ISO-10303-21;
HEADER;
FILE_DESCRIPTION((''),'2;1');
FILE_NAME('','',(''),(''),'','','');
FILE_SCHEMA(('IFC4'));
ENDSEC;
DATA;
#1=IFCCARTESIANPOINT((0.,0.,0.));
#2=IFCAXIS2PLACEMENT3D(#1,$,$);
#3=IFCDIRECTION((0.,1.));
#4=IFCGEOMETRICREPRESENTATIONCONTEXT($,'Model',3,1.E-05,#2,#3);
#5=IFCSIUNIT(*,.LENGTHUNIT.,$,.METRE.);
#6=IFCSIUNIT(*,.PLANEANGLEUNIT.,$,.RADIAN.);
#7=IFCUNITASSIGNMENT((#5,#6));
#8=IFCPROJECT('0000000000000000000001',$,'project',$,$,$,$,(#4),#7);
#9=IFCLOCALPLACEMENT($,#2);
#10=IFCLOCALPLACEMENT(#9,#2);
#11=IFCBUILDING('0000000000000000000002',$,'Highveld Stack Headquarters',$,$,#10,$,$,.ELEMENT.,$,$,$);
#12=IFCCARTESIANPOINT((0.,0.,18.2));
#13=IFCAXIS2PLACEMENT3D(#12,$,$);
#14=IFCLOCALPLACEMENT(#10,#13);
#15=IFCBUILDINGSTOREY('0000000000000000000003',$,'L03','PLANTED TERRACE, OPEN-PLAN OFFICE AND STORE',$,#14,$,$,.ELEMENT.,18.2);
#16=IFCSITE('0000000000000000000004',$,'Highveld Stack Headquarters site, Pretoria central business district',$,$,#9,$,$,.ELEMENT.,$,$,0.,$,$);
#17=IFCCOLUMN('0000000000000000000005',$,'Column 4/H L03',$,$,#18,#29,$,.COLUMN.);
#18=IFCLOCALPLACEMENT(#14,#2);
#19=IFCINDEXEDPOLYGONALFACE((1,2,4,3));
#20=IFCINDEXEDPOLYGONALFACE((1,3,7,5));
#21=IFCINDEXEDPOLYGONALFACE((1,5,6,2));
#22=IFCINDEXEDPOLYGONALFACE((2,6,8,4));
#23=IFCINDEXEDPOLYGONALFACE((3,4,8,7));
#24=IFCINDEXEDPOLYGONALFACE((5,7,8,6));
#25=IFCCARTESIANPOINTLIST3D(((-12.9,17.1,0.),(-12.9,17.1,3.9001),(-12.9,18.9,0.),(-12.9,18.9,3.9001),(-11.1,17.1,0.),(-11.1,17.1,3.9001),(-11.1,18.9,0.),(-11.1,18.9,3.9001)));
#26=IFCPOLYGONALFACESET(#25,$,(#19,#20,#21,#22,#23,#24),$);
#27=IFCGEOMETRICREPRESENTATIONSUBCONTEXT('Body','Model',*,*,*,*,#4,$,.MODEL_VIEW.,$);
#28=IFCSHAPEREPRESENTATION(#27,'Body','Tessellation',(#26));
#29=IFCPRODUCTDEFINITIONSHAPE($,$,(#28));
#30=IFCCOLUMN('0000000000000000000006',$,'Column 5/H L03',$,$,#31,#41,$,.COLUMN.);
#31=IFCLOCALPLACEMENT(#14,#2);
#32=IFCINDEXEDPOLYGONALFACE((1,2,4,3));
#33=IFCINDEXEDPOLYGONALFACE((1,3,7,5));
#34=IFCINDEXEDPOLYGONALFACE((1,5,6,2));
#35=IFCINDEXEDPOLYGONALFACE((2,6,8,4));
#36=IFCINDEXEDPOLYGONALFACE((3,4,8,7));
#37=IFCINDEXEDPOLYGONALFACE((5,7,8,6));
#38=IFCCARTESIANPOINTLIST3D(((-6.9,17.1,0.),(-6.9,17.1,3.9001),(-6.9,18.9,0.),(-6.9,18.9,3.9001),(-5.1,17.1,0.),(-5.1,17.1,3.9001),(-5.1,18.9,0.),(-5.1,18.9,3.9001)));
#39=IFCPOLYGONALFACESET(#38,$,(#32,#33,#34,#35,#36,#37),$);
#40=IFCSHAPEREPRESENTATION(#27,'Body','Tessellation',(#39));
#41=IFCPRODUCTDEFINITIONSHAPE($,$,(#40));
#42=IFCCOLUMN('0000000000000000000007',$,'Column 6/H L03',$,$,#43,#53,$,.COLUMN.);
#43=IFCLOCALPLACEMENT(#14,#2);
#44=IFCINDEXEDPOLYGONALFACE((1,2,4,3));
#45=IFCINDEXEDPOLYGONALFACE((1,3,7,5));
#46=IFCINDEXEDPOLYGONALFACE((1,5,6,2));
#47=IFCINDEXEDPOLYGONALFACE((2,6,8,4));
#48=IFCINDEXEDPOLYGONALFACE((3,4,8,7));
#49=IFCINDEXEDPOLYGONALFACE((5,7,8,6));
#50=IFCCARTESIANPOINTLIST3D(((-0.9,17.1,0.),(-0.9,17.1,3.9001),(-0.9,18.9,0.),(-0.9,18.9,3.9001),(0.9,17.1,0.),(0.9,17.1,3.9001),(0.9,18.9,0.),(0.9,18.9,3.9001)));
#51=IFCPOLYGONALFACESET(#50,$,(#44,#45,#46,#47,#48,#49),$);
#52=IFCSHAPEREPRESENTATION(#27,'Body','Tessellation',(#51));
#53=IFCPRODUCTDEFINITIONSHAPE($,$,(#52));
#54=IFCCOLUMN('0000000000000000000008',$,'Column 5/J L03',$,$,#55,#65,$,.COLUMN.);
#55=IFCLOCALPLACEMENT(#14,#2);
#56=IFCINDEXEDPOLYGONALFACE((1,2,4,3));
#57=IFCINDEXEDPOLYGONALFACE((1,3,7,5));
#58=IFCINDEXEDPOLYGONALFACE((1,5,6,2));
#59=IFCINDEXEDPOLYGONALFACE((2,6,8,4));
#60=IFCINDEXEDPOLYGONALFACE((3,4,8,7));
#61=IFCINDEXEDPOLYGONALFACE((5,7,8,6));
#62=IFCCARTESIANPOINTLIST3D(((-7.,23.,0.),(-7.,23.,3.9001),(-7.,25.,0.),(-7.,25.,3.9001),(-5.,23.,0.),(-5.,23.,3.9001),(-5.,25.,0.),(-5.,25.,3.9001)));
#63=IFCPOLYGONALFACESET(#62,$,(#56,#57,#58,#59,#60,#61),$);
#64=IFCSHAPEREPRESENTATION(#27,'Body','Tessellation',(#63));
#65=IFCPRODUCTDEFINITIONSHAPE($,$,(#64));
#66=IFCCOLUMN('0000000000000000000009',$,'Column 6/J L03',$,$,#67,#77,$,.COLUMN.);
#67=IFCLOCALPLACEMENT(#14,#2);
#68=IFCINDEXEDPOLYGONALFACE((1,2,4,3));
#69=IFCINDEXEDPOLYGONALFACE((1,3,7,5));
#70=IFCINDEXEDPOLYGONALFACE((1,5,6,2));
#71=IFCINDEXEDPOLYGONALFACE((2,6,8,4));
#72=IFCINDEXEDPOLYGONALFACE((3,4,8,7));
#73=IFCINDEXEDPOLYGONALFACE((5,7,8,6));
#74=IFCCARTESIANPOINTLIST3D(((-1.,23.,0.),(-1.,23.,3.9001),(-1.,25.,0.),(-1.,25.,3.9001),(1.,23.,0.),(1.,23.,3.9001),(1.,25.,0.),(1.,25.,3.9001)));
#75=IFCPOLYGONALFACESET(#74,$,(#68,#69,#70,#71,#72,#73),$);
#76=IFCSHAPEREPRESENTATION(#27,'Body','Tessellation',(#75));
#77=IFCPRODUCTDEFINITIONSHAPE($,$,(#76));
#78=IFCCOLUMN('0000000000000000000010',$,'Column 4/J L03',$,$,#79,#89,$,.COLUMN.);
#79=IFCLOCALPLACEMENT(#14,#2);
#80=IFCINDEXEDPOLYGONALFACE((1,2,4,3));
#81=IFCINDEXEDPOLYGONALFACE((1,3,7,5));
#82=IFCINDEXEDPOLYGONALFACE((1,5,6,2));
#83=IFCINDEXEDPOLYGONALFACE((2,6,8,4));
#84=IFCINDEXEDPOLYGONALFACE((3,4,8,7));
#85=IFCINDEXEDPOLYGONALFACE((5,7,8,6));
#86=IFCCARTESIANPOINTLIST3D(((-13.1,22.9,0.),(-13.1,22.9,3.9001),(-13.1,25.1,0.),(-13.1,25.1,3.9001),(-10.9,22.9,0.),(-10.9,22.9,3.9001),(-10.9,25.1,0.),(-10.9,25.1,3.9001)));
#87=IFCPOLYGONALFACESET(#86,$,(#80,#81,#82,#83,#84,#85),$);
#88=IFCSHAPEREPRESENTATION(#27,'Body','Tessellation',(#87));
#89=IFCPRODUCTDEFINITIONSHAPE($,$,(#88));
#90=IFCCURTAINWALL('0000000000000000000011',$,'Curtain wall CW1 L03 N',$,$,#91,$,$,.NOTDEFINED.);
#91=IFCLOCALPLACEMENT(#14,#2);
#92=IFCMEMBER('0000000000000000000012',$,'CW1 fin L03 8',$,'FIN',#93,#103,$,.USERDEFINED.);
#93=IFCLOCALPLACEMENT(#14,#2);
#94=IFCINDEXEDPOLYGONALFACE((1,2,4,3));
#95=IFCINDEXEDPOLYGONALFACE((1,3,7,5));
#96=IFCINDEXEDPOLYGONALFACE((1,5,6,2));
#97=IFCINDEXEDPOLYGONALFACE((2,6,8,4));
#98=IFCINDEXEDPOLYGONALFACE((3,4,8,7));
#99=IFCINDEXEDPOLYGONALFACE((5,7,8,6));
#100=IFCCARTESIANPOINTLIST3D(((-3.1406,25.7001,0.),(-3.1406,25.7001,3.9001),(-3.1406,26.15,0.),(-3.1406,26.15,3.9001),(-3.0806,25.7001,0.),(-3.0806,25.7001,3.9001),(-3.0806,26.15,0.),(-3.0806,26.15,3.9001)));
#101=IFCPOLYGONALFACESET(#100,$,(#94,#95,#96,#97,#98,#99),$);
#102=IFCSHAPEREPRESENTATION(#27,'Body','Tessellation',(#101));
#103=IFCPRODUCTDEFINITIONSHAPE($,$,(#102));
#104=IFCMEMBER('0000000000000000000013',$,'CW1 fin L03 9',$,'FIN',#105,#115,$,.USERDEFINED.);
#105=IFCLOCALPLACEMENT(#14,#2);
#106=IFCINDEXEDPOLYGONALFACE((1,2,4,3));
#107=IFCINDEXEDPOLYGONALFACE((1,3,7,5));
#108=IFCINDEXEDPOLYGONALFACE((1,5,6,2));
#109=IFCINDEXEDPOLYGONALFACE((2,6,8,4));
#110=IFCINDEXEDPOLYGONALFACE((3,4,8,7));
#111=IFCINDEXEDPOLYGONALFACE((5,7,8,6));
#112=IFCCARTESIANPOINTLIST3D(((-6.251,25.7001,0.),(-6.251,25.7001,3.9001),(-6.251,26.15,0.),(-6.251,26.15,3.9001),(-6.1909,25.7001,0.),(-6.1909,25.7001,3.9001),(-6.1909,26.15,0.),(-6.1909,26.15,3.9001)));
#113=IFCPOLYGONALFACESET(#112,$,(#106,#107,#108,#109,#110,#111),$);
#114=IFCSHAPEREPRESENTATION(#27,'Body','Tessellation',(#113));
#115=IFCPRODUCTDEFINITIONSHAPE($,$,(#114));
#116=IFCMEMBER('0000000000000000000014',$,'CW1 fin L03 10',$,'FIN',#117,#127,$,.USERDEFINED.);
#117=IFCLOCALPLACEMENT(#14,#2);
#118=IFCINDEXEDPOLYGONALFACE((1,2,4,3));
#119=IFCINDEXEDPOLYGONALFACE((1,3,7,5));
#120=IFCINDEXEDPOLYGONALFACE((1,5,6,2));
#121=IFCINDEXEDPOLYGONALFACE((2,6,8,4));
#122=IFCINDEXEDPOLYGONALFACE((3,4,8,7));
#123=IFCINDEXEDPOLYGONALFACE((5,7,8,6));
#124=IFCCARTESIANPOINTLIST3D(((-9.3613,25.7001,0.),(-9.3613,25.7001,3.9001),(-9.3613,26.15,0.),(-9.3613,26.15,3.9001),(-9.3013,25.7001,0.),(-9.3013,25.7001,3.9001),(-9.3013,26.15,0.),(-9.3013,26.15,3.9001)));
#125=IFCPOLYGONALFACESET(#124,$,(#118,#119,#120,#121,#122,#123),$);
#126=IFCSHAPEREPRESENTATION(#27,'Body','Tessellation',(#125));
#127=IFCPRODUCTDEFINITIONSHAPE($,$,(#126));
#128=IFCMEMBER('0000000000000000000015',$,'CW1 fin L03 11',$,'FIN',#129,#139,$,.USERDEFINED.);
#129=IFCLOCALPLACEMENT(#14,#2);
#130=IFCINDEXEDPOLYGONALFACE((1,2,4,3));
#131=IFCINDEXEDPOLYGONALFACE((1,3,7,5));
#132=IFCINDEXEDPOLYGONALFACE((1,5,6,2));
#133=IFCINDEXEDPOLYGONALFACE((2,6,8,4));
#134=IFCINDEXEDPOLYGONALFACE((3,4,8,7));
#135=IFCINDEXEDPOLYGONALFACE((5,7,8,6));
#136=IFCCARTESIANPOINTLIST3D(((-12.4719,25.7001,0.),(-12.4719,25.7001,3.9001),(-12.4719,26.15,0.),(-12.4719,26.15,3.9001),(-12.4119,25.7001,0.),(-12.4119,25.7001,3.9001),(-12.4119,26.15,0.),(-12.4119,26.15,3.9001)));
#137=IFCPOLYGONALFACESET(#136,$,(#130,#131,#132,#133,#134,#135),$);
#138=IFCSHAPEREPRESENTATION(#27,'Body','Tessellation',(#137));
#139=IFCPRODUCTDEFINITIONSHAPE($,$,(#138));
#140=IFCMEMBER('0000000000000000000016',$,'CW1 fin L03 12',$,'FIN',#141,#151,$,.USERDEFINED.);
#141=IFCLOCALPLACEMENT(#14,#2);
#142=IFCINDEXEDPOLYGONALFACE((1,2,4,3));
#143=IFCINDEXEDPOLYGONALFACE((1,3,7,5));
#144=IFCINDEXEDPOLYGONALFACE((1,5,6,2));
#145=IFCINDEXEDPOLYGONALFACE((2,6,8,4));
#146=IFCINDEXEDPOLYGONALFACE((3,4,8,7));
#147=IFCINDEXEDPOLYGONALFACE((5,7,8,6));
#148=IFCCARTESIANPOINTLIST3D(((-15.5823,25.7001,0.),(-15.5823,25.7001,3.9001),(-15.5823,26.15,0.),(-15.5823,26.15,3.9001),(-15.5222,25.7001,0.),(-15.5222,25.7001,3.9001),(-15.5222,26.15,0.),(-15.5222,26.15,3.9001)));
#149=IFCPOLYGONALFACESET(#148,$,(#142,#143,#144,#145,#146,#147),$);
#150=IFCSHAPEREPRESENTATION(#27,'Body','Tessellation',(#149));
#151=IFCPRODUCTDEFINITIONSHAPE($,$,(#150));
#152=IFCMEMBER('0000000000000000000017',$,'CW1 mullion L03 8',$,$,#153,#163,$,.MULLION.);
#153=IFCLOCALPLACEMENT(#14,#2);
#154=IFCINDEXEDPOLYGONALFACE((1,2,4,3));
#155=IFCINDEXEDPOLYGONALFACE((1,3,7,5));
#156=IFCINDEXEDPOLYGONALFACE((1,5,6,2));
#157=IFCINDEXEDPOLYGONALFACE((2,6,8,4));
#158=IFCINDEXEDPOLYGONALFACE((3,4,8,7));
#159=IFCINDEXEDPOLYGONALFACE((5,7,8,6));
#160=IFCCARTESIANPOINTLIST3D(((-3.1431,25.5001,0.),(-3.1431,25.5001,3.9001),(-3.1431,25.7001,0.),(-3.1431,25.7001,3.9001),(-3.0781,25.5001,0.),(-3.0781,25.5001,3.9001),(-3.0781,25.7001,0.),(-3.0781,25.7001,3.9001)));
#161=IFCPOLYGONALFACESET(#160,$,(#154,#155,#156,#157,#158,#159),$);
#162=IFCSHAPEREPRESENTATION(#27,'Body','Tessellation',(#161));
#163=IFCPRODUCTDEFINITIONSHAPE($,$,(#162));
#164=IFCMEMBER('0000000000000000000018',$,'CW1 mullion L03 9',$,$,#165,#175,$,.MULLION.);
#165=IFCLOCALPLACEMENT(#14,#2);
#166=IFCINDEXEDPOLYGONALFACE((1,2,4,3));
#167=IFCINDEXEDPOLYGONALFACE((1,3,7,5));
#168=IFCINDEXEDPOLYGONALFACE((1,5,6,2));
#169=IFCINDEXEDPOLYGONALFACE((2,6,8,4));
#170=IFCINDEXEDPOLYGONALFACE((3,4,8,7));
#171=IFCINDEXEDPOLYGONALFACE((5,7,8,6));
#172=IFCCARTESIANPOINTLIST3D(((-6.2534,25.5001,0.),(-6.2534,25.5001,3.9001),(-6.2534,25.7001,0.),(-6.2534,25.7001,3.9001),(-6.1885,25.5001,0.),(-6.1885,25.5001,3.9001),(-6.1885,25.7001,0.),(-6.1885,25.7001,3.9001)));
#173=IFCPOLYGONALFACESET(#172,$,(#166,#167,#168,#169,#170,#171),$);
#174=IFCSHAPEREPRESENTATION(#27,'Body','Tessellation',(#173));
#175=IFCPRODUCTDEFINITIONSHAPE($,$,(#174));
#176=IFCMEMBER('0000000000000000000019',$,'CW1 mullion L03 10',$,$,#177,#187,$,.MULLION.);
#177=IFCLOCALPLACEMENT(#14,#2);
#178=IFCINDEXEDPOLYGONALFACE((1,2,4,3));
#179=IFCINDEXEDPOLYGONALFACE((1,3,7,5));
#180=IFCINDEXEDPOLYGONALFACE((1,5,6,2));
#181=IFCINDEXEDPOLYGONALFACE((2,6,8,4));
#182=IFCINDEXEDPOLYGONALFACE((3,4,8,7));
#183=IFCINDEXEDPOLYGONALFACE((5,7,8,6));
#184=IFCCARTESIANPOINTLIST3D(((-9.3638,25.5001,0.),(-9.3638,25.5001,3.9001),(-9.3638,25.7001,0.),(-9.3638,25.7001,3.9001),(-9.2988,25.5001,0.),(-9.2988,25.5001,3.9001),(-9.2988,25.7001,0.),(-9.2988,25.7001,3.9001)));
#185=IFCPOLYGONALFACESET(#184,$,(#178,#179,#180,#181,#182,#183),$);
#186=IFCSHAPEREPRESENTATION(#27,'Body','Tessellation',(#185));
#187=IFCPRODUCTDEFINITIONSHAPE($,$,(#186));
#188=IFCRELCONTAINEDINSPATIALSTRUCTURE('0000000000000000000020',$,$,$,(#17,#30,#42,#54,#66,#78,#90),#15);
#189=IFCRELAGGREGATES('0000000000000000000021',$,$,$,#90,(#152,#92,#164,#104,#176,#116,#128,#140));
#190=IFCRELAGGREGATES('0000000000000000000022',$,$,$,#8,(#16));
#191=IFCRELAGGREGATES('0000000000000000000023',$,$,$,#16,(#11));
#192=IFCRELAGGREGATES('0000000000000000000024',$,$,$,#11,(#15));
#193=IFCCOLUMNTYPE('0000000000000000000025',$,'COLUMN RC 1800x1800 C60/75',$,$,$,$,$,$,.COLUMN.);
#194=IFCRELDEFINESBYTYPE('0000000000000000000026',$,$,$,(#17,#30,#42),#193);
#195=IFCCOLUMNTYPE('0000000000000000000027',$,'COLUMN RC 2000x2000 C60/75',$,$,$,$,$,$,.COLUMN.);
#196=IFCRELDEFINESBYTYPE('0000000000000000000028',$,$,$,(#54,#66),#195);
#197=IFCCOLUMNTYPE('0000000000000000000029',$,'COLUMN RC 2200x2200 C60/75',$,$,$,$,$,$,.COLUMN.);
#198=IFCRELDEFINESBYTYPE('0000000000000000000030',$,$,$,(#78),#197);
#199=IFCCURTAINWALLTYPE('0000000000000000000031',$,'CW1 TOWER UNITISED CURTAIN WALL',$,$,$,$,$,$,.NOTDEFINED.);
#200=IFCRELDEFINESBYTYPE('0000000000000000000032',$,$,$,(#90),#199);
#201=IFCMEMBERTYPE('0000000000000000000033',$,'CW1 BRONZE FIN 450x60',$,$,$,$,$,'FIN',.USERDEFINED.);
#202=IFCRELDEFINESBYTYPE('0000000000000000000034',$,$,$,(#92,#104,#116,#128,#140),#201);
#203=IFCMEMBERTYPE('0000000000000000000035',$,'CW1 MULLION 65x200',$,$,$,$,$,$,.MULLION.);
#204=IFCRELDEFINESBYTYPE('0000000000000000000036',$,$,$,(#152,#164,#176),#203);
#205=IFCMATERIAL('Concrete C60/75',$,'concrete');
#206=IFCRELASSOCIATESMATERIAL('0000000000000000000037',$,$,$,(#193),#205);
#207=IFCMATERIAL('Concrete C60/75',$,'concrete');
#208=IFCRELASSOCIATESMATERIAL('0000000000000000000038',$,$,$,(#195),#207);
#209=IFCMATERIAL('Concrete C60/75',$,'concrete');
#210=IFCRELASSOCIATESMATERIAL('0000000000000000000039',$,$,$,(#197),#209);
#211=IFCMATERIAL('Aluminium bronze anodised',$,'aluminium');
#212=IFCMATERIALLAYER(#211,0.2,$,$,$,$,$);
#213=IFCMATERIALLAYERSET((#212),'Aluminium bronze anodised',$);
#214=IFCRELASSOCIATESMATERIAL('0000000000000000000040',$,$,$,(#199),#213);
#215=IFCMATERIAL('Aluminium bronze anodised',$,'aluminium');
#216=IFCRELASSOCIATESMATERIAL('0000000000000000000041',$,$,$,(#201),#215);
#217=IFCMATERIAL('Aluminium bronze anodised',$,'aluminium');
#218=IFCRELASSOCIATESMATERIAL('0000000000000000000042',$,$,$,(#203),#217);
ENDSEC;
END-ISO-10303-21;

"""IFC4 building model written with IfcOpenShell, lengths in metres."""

from ifc_helpers import new_model, si_unit, direction, frame, origin, origin_2d, place, context, subcontext, project, spatial, rectangle, extrude, material, layer, layer_set, material_profile, profile_set, type_object, element, aggregate, save


model = new_model("IFC4")

# Units and contexts
model_context = context("Model", 3, precision=1e-05, world=origin(), true_north=direction((0.0, 1.0)))
body_context = subcontext(model_context, "Body", "Model", "MODEL_VIEW")
ifc_project = project(units=[si_unit("LENGTHUNIT", "METRE"), si_unit("PLANEANGLEUNIT", "RADIAN")], contexts=[model_context])

# Site, building, storey
site_placement = place(None, origin())
site = spatial("IfcSite", under=ifc_project, at=site_placement, Name="Highveld Stack Headquarters site, Pretoria central business district", CompositionType="ELEMENT", RefElevation=0.0)
building_placement = place(site_placement, origin())
building = spatial("IfcBuilding", under=site, at=building_placement, Name="Highveld Stack Headquarters", CompositionType="ELEMENT")
storey_placement = place(building_placement, frame((0.0, 0.0, 18.2)))
storey = spatial("IfcBuildingStorey", under=building, at=storey_placement, Name="L03", Description="PLANTED TERRACE, OPEN-PLAN OFFICE AND STORE", CompositionType="ELEMENT", Elevation=18.2)

# Columns
ifc_material_1 = material(Name="Concrete C60/75", Category="concrete")
ifc_material_profile_1 = material_profile(ifc_material_1, rectangle(XDim=1.8, YDim=1.8, at=origin_2d()), Name="RC 1800x1800")
ifc_profile_set_1 = profile_set([ifc_material_profile_1], Name="Concrete C60/75")
column_type_1 = type_object("IfcColumnType", Name="COLUMN RC 1800x1800 C60/75", PredefinedType="COLUMN", material=ifc_profile_set_1)
for number, where, z_axis, x_axis, name in (
    (1, (-12.0, 18.0, 0.0), (0.0, 0.0, 1.0), (1.0, 0.0, 0.0), "Column 4/H L03"),
    (2, (-6.0, 18.0, 0.0), (0.0, 0.0, 1.0), (1.0, 0.0, 0.0), "Column 5/H L03"),
    (3, (0.0, 18.0, 0.0), (0.0, 0.0, 1.0), (1.0, 0.0, 0.0), "Column 6/H L03"),
):
    element("IfcColumn", number, at=place(storey_placement, frame(where, z_axis=z_axis, x_axis=x_axis)), inside=storey, type_object=column_type_1, Name=name, PredefinedType="COLUMN", context=body_context, shape_type="SweptSolid", body=[
        extrude(rectangle(XDim=1.8, YDim=1.8, at=origin_2d()), origin(), (0.0, 0.0, 1.0), 3.9001),
    ])
ifc_material_2 = material(Name="Concrete C60/75", Category="concrete")
ifc_material_profile_2 = material_profile(ifc_material_2, rectangle(XDim=2.0, YDim=2.0, at=origin_2d()), Name="RC 2000x2000")
ifc_profile_set_2 = profile_set([ifc_material_profile_2], Name="Concrete C60/75")
column_type_2 = type_object("IfcColumnType", Name="COLUMN RC 2000x2000 C60/75", PredefinedType="COLUMN", material=ifc_profile_set_2)
for number, where, z_axis, x_axis, name in (
    (4, (-6.0, 24.0, 0.0), (0.0, 0.0, 1.0), (1.0, 0.0, 0.0), "Column 5/J L03"),
    (5, (0.0, 24.0, 0.0), (0.0, 0.0, 1.0), (1.0, 0.0, 0.0), "Column 6/J L03"),
):
    element("IfcColumn", number, at=place(storey_placement, frame(where, z_axis=z_axis, x_axis=x_axis)), inside=storey, type_object=column_type_2, Name=name, PredefinedType="COLUMN", context=body_context, shape_type="SweptSolid", body=[
        extrude(rectangle(XDim=2.0, YDim=2.0, at=origin_2d()), origin(), (0.0, 0.0, 1.0), 3.9001),
    ])
ifc_material_3 = material(Name="Concrete C60/75", Category="concrete")
ifc_material_profile_3 = material_profile(ifc_material_3, rectangle(XDim=2.2, YDim=2.2, at=origin_2d()), Name="RC 2200x2200")
ifc_profile_set_3 = profile_set([ifc_material_profile_3], Name="Concrete C60/75")
column_type_3 = type_object("IfcColumnType", Name="COLUMN RC 2200x2200 C60/75", PredefinedType="COLUMN", material=ifc_profile_set_3)
column_placement = place(storey_placement, frame((-12.0, 24.0, 0.0), z_axis=(0.0, 0.0, 1.0), x_axis=(1.0, 0.0, 0.0)))
element("IfcColumn", 6, at=column_placement, inside=storey, type_object=column_type_3, Name="Column 4/J L03", PredefinedType="COLUMN", context=body_context, shape_type="SweptSolid", body=[
    extrude(rectangle(XDim=2.2, YDim=2.2, at=origin_2d()), origin(), (0.0, 0.0, 1.0), 3.9001),
])

# Curtain wall, members
ifc_material_4 = material(Name="Aluminium bronze anodised", Category="aluminium")
ifc_layer_1 = layer(ifc_material_4, 0.2)
ifc_layer_set_1 = layer_set([ifc_layer_1], Name="Aluminium bronze anodised")
curtain_wall_type = type_object("IfcCurtainWallType", Name="CW1 TOWER UNITISED CURTAIN WALL", PredefinedType="NOTDEFINED", material=ifc_layer_set_1)
curtain_wall_placement = place(storey_placement, origin())
curtain_wall = element("IfcCurtainWall", 7, at=curtain_wall_placement, inside=storey, type_object=curtain_wall_type, Name="Curtain wall CW1 L03 N", PredefinedType="NOTDEFINED")
ifc_material_5 = material(Name="Aluminium bronze anodised", Category="aluminium")
ifc_material_profile_4 = material_profile(ifc_material_5, rectangle(XDim=0.45, YDim=0.0601, at=origin_2d()), Name="FIN 450x60")
ifc_profile_set_4 = profile_set([ifc_material_profile_4], Name="Aluminium bronze anodised")
member_type_1 = type_object("IfcMemberType", Name="CW1 BRONZE FIN 450x60", ElementType="FIN", PredefinedType="USERDEFINED", material=ifc_profile_set_4)
member_1_placement = place(storey_placement, frame((-3.1106, 25.925, 0.0), z_axis=(0.0, 0.0, 1.0), x_axis=(0.0, -1.0, 0.0)))
member_1 = element("IfcMember", 8, at=member_1_placement, type_object=member_type_1, Name="CW1 fin L03 8", ObjectType="FIN", PredefinedType="USERDEFINED", context=body_context, shape_type="SweptSolid", body=[
    extrude(rectangle(XDim=0.45, YDim=0.0601, at=origin_2d()), origin(), (0.0, 0.0, 1.0), 3.9001),
])
member_2_placement = place(storey_placement, frame((-6.2209, 25.925, 0.0), z_axis=(0.0, 0.0, 1.0), x_axis=(0.0, -1.0, 0.0)))
member_2 = element("IfcMember", 9, at=member_2_placement, type_object=member_type_1, Name="CW1 fin L03 9", ObjectType="FIN", PredefinedType="USERDEFINED", context=body_context, shape_type="SweptSolid", body=[
    extrude(rectangle(XDim=0.45, YDim=0.0601, at=origin_2d()), origin(), (0.0, 0.0, 1.0), 3.9001),
])
member_3_placement = place(storey_placement, frame((-9.3313, 25.925, 0.0), z_axis=(0.0, 0.0, 1.0), x_axis=(0.0, -1.0, 0.0)))
member_3 = element("IfcMember", 10, at=member_3_placement, type_object=member_type_1, Name="CW1 fin L03 10", ObjectType="FIN", PredefinedType="USERDEFINED", context=body_context, shape_type="SweptSolid", body=[
    extrude(rectangle(XDim=0.45, YDim=0.0601, at=origin_2d()), origin(), (0.0, 0.0, 1.0), 3.9001),
])
member_4_placement = place(storey_placement, frame((-12.4419, 25.925, 0.0), z_axis=(0.0, 0.0, 1.0), x_axis=(0.0, -1.0, 0.0)))
member_4 = element("IfcMember", 11, at=member_4_placement, type_object=member_type_1, Name="CW1 fin L03 11", ObjectType="FIN", PredefinedType="USERDEFINED", context=body_context, shape_type="SweptSolid", body=[
    extrude(rectangle(XDim=0.45, YDim=0.0601, at=origin_2d()), origin(), (0.0, 0.0, 1.0), 3.9001),
])
member_5_placement = place(storey_placement, frame((-15.5522, 25.925, 0.0), z_axis=(0.0, 0.0, 1.0), x_axis=(0.0, -1.0, 0.0)))
member_5 = element("IfcMember", 12, at=member_5_placement, type_object=member_type_1, Name="CW1 fin L03 12", ObjectType="FIN", PredefinedType="USERDEFINED", context=body_context, shape_type="SweptSolid", body=[
    extrude(rectangle(XDim=0.45, YDim=0.0601, at=origin_2d()), origin(), (0.0, 0.0, 1.0), 3.9001),
])
ifc_material_6 = material(Name="Aluminium bronze anodised", Category="aluminium")
ifc_material_profile_5 = material_profile(ifc_material_6, rectangle(XDim=0.2, YDim=0.0649, at=origin_2d()), Name="CW1 MULLION 65x200")
ifc_profile_set_5 = profile_set([ifc_material_profile_5], Name="Aluminium bronze anodised")
member_type_2 = type_object("IfcMemberType", Name="CW1 MULLION 65x200", PredefinedType="MULLION", material=ifc_profile_set_5)
member_6_placement = place(storey_placement, frame((-3.1106, 25.6001, 0.0), z_axis=(0.0, 0.0, 1.0), x_axis=(0.0, -1.0, 0.0)))
member_6 = element("IfcMember", 13, at=member_6_placement, type_object=member_type_2, Name="CW1 mullion L03 8", PredefinedType="MULLION", context=body_context, shape_type="SweptSolid", body=[
    extrude(rectangle(XDim=0.2, YDim=0.0649, at=origin_2d()), origin(), (0.0, 0.0, 1.0), 3.9001),
])
member_7_placement = place(storey_placement, frame((-6.2209, 25.6001, 0.0), z_axis=(0.0, 0.0, 1.0), x_axis=(0.0, -1.0, 0.0)))
member_7 = element("IfcMember", 14, at=member_7_placement, type_object=member_type_2, Name="CW1 mullion L03 9", PredefinedType="MULLION", context=body_context, shape_type="SweptSolid", body=[
    extrude(rectangle(XDim=0.2, YDim=0.0649, at=origin_2d()), origin(), (0.0, 0.0, 1.0), 3.9001),
])
member_8_placement = place(storey_placement, frame((-9.3313, 25.6001, 0.0), z_axis=(0.0, 0.0, 1.0), x_axis=(0.0, -1.0, 0.0)))
member_8 = element("IfcMember", 15, at=member_8_placement, type_object=member_type_2, Name="CW1 mullion L03 10", PredefinedType="MULLION", context=body_context, shape_type="SweptSolid", body=[
    extrude(rectangle(XDim=0.2, YDim=0.0649, at=origin_2d()), origin(), (0.0, 0.0, 1.0), 3.9001),
])
aggregate(curtain_wall, [member_6, member_1, member_7, member_2, member_8, member_3, member_4, member_5])

save(model, "model.ifc")
